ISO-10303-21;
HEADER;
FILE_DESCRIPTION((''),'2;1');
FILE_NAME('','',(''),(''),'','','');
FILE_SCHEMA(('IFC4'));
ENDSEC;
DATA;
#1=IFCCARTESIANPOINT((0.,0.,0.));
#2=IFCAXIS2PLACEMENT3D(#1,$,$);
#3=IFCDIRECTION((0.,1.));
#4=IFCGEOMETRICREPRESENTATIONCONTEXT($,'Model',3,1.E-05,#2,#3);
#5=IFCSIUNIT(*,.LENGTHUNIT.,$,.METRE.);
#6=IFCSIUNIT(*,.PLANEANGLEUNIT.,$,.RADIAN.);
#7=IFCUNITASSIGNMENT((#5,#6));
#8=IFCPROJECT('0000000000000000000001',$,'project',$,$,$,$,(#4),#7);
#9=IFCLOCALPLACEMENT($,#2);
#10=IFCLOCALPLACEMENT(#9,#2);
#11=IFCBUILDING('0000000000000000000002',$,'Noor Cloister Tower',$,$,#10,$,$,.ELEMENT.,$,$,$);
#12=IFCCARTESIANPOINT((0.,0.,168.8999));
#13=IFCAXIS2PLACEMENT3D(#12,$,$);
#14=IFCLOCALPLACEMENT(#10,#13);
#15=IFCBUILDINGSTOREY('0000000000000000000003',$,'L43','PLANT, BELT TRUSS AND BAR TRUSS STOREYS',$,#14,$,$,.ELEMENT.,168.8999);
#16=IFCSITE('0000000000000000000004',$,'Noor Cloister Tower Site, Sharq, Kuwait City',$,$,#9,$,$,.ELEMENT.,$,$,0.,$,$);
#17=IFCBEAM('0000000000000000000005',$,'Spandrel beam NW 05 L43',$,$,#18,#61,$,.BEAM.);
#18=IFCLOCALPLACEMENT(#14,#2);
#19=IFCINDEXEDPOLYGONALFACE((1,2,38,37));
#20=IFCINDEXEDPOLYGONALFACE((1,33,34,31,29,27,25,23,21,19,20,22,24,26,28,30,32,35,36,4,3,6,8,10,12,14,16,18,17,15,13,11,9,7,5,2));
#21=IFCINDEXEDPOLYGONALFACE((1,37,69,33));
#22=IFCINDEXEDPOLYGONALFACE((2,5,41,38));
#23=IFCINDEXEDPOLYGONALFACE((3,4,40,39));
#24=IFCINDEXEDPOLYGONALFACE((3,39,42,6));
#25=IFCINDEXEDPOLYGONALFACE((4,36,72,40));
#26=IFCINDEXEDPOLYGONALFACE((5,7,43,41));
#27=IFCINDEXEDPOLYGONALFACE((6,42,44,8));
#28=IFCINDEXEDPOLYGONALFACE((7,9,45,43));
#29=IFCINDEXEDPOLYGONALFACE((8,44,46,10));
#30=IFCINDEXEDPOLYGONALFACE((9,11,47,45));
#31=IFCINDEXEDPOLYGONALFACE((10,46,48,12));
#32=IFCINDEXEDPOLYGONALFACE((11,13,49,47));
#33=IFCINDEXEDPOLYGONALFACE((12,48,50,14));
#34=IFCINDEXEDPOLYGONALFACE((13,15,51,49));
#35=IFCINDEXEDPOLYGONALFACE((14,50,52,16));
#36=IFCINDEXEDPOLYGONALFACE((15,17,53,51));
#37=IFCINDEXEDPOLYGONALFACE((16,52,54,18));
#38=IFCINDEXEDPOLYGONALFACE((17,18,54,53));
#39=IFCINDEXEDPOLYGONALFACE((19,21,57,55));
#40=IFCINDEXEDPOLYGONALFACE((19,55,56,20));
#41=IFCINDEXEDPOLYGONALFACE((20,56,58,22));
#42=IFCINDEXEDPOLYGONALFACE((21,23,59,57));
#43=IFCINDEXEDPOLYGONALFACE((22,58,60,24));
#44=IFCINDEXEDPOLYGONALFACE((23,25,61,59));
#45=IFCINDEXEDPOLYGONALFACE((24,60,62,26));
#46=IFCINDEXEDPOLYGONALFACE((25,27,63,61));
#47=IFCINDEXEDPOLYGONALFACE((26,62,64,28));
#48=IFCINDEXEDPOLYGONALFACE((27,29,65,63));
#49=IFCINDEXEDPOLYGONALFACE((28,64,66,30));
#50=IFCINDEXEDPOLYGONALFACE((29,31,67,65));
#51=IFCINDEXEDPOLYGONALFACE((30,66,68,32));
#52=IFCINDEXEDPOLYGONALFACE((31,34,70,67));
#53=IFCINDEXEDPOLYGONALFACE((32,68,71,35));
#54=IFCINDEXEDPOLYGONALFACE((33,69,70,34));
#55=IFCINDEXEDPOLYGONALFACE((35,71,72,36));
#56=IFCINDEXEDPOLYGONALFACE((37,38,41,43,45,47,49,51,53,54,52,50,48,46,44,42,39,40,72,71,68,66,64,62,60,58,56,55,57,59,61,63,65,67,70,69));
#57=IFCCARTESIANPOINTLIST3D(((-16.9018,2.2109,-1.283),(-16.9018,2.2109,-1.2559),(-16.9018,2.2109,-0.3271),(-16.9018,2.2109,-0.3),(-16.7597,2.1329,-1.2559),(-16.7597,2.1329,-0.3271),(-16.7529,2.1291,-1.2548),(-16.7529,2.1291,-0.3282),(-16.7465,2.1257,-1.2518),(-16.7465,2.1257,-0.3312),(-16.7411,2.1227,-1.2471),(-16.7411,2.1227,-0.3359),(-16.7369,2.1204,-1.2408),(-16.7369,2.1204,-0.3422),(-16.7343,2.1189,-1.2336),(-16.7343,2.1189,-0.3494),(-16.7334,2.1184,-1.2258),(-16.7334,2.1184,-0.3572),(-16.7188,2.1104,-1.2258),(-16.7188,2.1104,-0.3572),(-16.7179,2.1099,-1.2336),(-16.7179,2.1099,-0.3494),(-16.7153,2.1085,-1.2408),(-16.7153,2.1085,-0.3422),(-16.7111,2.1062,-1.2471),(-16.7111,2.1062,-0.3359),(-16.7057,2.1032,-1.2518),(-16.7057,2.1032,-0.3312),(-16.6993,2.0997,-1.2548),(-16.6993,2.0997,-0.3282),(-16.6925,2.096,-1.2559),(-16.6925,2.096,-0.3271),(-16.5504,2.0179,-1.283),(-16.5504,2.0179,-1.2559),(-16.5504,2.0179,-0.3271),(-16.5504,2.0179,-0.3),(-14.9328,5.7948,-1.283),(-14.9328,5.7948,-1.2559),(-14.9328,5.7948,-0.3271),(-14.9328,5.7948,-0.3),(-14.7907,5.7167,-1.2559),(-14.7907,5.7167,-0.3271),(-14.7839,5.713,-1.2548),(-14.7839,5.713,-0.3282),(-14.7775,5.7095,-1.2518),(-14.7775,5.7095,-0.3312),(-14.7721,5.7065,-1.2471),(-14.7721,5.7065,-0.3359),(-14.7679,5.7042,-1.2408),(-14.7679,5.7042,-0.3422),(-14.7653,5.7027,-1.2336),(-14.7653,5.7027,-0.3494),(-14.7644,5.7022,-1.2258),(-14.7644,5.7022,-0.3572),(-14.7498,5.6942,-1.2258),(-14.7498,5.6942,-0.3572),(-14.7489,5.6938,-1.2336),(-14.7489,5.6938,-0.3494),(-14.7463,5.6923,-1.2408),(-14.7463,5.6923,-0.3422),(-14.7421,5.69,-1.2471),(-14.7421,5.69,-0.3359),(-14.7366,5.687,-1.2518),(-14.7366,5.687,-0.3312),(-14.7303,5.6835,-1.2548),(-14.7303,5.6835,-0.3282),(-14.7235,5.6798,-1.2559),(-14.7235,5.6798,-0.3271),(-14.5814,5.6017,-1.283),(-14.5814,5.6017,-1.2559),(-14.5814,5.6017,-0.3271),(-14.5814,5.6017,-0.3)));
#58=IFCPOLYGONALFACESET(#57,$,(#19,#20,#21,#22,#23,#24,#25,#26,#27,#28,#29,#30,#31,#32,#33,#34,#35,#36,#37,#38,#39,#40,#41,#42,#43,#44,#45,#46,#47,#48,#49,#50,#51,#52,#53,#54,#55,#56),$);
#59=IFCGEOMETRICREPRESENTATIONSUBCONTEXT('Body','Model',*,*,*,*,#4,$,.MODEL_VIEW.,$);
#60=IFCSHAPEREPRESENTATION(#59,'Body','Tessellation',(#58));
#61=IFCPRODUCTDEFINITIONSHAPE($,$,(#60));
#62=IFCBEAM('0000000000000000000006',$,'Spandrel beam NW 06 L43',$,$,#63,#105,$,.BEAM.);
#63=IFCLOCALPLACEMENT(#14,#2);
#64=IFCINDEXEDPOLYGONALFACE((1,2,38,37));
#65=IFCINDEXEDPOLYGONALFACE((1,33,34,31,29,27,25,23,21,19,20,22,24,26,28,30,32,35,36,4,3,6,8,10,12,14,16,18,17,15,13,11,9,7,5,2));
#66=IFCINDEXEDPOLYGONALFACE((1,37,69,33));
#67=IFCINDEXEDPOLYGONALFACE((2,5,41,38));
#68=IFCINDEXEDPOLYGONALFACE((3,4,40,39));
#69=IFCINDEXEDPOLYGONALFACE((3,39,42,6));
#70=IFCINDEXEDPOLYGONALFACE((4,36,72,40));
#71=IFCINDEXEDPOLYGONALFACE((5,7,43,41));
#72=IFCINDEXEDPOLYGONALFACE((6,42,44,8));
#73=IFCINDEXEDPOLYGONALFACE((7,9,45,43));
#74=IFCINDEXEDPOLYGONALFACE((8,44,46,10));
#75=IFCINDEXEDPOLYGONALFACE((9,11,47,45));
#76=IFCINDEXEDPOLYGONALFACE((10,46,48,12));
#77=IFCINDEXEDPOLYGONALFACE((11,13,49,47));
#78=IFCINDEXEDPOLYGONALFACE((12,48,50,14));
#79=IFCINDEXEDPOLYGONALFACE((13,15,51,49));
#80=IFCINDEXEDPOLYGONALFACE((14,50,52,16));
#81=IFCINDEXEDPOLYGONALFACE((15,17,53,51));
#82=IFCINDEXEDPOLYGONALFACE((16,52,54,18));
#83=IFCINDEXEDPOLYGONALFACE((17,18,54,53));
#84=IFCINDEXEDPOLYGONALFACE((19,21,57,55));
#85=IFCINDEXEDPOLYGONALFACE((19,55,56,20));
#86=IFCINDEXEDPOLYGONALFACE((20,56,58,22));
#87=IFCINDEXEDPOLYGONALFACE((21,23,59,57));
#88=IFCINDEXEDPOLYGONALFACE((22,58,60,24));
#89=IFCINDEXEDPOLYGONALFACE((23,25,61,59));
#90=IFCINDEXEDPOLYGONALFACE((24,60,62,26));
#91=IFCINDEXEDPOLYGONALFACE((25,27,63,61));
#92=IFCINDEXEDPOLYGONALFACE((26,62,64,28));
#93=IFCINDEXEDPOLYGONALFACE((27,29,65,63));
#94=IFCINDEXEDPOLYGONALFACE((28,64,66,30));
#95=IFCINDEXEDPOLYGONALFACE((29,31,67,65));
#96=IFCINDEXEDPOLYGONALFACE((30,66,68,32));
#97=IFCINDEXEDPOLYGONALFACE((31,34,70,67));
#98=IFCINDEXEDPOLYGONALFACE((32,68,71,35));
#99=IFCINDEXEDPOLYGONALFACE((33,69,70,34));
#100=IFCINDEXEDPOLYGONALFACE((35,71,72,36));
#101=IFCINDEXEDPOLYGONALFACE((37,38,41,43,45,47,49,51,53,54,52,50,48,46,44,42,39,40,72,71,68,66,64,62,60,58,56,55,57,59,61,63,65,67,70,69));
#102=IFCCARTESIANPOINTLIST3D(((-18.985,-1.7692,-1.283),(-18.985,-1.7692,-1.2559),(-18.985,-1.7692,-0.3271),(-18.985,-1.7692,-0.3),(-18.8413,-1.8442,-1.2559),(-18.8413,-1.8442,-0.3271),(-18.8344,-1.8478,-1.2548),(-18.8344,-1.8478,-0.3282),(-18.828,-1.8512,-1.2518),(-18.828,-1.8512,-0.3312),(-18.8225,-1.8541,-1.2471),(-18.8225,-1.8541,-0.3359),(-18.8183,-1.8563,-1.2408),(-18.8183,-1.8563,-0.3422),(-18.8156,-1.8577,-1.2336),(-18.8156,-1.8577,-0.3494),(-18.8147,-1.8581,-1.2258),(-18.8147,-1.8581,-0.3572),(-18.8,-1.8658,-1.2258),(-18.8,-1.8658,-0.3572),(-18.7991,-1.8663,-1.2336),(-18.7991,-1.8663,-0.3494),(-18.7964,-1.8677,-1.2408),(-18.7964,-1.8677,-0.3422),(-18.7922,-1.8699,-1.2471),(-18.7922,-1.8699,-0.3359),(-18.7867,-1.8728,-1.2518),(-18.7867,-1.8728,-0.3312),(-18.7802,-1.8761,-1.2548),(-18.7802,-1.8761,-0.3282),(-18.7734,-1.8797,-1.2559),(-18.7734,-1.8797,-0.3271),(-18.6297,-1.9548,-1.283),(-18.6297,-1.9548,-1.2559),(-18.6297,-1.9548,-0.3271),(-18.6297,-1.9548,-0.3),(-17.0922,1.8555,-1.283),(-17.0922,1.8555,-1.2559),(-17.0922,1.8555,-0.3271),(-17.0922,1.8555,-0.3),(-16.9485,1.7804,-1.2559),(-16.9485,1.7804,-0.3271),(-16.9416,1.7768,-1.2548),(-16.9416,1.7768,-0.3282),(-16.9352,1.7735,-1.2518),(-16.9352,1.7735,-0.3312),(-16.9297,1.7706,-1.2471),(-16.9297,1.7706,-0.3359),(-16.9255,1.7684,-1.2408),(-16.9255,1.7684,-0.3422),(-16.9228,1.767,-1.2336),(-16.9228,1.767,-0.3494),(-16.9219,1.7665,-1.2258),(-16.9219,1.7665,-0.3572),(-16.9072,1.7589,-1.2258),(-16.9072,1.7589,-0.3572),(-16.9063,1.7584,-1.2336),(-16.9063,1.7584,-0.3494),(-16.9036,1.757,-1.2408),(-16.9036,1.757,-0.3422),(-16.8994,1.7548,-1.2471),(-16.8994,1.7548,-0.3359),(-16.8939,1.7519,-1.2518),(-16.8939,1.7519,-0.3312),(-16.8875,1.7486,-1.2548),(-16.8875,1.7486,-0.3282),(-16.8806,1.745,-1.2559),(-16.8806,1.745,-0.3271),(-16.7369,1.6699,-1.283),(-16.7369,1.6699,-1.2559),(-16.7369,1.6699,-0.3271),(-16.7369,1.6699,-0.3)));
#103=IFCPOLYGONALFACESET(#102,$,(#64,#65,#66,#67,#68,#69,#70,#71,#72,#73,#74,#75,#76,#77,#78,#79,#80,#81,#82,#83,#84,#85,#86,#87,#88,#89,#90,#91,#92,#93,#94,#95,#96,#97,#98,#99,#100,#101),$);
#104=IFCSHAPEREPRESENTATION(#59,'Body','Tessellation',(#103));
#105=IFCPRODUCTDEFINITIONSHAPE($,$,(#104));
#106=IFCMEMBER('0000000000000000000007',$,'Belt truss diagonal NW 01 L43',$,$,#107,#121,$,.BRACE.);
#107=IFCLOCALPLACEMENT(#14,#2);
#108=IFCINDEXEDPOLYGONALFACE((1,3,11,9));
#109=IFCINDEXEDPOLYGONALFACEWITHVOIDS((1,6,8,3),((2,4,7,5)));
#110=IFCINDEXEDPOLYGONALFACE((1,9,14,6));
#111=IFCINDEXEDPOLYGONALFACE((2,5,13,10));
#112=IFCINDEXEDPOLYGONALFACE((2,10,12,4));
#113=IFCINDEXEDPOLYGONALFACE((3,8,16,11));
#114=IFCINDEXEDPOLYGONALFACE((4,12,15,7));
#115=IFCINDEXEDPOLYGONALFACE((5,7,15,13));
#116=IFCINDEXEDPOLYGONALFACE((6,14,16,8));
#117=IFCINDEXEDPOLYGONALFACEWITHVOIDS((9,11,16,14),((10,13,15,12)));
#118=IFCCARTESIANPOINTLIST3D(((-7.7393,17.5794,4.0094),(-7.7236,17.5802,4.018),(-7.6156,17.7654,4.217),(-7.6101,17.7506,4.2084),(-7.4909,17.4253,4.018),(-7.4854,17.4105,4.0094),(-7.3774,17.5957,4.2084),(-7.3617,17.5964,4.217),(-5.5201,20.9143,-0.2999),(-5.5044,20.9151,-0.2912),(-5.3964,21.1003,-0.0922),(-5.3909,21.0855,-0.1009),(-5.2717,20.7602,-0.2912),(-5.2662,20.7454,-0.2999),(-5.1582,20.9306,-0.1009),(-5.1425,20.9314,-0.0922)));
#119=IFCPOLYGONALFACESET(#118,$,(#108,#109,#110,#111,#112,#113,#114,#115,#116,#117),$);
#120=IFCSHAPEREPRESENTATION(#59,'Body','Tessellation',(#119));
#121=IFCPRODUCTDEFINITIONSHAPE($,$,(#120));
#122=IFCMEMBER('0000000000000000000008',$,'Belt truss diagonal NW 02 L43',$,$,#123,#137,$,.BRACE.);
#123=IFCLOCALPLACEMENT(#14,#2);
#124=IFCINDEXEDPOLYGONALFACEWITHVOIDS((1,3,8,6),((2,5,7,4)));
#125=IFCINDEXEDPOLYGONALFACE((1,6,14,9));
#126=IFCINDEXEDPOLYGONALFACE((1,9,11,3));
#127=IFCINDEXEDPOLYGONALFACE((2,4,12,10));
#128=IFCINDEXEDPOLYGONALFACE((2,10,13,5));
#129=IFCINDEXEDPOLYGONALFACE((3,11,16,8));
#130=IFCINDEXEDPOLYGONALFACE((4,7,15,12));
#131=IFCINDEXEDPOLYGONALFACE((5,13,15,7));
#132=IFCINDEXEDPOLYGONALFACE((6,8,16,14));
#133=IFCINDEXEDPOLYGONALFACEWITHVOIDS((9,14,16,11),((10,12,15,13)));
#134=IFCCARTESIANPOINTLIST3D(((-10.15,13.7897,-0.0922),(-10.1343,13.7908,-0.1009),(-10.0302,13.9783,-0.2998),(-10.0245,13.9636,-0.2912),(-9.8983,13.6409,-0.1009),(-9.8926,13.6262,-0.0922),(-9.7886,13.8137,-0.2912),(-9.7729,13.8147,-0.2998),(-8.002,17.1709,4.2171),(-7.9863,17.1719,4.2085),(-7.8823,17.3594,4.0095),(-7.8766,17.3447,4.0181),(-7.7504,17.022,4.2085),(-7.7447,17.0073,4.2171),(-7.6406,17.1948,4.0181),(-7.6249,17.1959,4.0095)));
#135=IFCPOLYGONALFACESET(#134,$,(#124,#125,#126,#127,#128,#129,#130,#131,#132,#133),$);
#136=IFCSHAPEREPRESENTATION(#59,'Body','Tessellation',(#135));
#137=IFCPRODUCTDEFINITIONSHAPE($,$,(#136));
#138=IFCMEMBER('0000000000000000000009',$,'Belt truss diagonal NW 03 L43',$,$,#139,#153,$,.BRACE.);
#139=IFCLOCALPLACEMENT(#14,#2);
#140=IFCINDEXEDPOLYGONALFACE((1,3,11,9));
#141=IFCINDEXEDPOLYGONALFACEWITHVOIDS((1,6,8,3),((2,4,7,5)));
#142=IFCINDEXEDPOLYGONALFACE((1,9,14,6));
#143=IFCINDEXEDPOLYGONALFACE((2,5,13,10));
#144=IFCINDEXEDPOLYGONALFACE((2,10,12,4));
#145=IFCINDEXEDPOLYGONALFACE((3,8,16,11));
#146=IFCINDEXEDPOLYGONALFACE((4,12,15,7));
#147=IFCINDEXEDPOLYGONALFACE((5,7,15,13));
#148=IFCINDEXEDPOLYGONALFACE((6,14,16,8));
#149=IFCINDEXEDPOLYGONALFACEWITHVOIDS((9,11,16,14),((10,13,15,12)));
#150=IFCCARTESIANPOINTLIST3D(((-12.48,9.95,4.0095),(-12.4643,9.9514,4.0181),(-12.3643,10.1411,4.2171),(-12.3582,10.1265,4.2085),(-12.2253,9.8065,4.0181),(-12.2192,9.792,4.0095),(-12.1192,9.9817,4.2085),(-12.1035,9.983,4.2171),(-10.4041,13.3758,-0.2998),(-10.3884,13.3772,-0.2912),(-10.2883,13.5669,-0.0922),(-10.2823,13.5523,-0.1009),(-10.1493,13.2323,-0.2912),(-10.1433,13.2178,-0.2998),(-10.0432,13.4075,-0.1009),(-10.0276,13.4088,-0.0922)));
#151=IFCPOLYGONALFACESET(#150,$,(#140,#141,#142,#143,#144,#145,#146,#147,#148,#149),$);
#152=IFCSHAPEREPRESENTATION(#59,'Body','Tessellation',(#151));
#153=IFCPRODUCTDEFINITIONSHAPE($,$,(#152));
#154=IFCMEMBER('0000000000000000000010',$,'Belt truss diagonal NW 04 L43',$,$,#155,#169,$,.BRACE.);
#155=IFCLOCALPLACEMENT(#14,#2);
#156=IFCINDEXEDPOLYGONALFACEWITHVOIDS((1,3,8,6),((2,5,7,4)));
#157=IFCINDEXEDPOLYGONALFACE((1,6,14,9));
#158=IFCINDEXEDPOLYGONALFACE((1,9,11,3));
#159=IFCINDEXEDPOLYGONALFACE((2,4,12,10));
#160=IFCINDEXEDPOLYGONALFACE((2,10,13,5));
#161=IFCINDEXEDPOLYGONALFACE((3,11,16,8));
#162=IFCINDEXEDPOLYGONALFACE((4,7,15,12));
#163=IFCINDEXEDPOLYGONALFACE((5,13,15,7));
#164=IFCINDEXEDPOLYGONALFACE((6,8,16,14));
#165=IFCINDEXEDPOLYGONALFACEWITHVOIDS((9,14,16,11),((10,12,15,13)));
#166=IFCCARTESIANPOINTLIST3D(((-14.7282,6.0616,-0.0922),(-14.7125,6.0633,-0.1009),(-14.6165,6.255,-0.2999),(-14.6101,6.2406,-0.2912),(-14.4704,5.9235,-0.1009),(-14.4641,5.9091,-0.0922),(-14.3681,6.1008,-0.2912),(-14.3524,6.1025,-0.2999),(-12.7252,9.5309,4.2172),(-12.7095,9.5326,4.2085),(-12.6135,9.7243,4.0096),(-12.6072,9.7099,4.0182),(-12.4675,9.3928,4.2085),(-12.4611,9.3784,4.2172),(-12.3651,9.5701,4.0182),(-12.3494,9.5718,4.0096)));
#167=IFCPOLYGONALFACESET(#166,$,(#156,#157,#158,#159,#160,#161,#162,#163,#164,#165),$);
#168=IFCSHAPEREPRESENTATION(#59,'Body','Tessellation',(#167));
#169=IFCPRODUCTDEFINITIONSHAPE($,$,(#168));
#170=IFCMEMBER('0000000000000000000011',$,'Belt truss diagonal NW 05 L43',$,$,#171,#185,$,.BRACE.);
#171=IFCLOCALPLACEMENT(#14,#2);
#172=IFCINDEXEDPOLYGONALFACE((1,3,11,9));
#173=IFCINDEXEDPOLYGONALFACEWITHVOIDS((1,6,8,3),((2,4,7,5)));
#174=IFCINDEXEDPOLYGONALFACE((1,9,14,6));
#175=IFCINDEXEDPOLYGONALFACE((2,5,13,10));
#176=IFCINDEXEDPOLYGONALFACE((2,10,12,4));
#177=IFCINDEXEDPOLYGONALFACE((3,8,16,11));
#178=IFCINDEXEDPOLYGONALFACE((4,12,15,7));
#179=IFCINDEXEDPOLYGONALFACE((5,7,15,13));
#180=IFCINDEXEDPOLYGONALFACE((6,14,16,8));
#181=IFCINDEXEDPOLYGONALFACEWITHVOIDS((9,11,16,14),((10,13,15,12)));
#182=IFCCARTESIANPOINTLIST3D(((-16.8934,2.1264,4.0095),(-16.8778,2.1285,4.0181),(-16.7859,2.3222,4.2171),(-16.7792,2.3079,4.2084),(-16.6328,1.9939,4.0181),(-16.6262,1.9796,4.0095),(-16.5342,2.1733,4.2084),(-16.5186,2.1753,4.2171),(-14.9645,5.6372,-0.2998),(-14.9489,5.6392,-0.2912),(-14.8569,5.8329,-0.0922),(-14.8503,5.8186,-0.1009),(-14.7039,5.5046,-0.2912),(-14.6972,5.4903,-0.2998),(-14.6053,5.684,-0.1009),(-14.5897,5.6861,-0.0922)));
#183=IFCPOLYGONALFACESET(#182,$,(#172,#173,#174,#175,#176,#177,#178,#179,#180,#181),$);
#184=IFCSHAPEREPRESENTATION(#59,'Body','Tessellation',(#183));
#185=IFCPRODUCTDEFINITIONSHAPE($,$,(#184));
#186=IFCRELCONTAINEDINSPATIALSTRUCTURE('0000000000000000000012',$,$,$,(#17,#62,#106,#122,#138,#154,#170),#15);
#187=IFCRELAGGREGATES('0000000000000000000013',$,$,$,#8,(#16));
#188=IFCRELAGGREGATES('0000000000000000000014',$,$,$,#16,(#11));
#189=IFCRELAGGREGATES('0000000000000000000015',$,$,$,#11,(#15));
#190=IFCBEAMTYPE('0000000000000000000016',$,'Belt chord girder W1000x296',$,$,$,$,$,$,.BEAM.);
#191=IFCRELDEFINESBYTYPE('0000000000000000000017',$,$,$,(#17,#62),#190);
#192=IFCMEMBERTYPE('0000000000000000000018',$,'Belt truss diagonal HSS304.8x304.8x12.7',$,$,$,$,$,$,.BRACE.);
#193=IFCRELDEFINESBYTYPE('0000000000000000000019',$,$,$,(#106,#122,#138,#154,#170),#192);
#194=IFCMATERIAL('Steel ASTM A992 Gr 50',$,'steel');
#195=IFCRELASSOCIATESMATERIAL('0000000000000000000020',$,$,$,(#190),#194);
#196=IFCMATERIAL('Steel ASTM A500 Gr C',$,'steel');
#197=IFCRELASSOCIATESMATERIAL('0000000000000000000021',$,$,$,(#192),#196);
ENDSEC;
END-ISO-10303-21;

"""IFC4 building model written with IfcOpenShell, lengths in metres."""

from ifc_helpers import new_model, si_unit, direction, frame, origin, origin_2d, place, context, subcontext, project, spatial, hollow_rectangle, i_section, extrude, material, material_profile, profile_set, type_object, element, save


model = new_model("IFC4")

# Units and contexts
model_context = context("Model", 3, precision=1e-05, world=origin(), true_north=direction((0.0, 1.0)))
body_context = subcontext(model_context, "Body", "Model", "MODEL_VIEW")
ifc_project = project(units=[si_unit("LENGTHUNIT", "METRE"), si_unit("PLANEANGLEUNIT", "RADIAN")], contexts=[model_context])

# Site, building, storey
site_placement = place(None, origin())
site = spatial("IfcSite", under=ifc_project, at=site_placement, Name="Noor Cloister Tower Site, Sharq, Kuwait City", CompositionType="ELEMENT", RefElevation=0.0)
building_placement = place(site_placement, origin())
building = spatial("IfcBuilding", under=site, at=building_placement, Name="Noor Cloister Tower", CompositionType="ELEMENT")
storey_placement = place(building_placement, frame((0.0, 0.0, 168.8999)))
storey = spatial("IfcBuildingStorey", under=building, at=storey_placement, Name="L43", Description="PLANT, BELT TRUSS AND BAR TRUSS STOREYS", CompositionType="ELEMENT", Elevation=168.8999)

# Beams
ifc_material_1 = material(Name="Steel ASTM A992 Gr 50", Category="steel")
ifc_material_profile_1 = material_profile(ifc_material_1, i_section(OverallWidth=0.4009, OverallDepth=0.9829, WebThickness=0.0166, FlangeThickness=0.0271, FilletRadius=0.03, at=origin_2d()), Name="W1000x296")
ifc_profile_set_1 = profile_set([ifc_material_profile_1], Name="Steel ASTM A992 Gr 50")
beam_type_1 = type_object("IfcBeamType", Name="Belt chord girder W1000x296", PredefinedType="BEAM", material=ifc_profile_set_1)
for number, where, z_axis, x_axis, name in (
    (1, (-14.7571, 5.6982, -0.7915), (-0.481531, -0.876429, 0.0), (0.876429, -0.481531, 0.0), "Spandrel beam NW 05 L43"),
    (2, (-16.9146, 1.7627, -0.7915), (-0.462882, -0.88642, 0.0), (0.88642, -0.462882, 0.0), "Spandrel beam NW 06 L43"),
):
    element("IfcBeam", number, at=place(storey_placement, frame(where, z_axis=z_axis, x_axis=x_axis)), inside=storey, type_object=beam_type_1, Name=name, PredefinedType="BEAM", context=body_context, shape_type="SweptSolid", body=[
        extrude(i_section(OverallWidth=0.4009, OverallDepth=0.9829, WebThickness=0.0166, FlangeThickness=0.0271, FilletRadius=0.03, at=origin_2d()), origin(), (0.0, 0.0, 1.0), 4.0891),
    ])

# Members
ifc_material_2 = material(Name="Steel ASTM A500 Gr C", Category="steel")
ifc_material_profile_2 = material_profile(ifc_material_2, hollow_rectangle(XDim=0.3049, YDim=0.3049, WallThickness=0.0127, at=origin_2d()), Name="HSS304.8x304.8x12.7")
ifc_profile_set_2 = profile_set([ifc_material_profile_2], Name="Steel ASTM A500 Gr C")
member_type = type_object("IfcMemberType", Name="Belt truss diagonal HSS304.8x304.8x12.7", PredefinedType="BRACE", material=ifc_profile_set_2)
for number, where, z_axis, x_axis, name in (
    (3, (-5.3313, 20.9229, -0.196), (-0.377188, -0.566819, 0.732425), (0.832519, -0.553997, 0.0), "Belt truss diagonal NW 01 L43"),
    (4, (-9.9614, 13.8022, -0.196), (0.365079, 0.574673, 0.73244), (-0.844075, 0.536225, 0.0), "Belt truss diagonal NW 02 L43"),
    (5, (-10.2158, 13.3923, -0.196), (-0.352838, -0.582268, 0.732441), (0.855231, -0.518246, 0.0), "Belt truss diagonal NW 03 L43"),
):
    element("IfcMember", number, at=place(storey_placement, frame(where, z_axis=z_axis, x_axis=x_axis)), inside=storey, type_object=member_type, Name=name, PredefinedType="BRACE", context=body_context, shape_type="SweptSolid", body=[
        extrude(hollow_rectangle(XDim=0.3049, YDim=0.3049, WallThickness=0.0127, at=origin_2d()), origin(), (0.0, 0.0, 1.0), 5.8835),
    ])
member_1_placement = place(storey_placement, frame((-14.5403, 6.082, -0.196), z_axis=(0.340422, 0.589638, 0.732421), x_axis=(-0.866029, 0.499993, 0.0)))
element("IfcMember", 6, at=member_1_placement, inside=storey, type_object=member_type, Name="Belt truss diagonal NW 04 L43", PredefinedType="BRACE", context=body_context, shape_type="SweptSolid", body=[
    extrude(hollow_rectangle(XDim=0.3049, YDim=0.3049, WallThickness=0.0127, at=origin_2d()), origin(), (0.0, 0.0, 1.0), 5.8838),
])
member_2_placement = place(storey_placement, frame((-14.7771, 5.6616, -0.196), z_axis=(-0.327854, -0.596702, 0.732433), x_axis=(0.876422, -0.481544, 0.0)))
element("IfcMember", 7, at=member_2_placement, inside=storey, type_object=member_type, Name="Belt truss diagonal NW 05 L43", PredefinedType="BRACE", context=body_context, shape_type="SweptSolid", body=[
    extrude(hollow_rectangle(XDim=0.3049, YDim=0.3049, WallThickness=0.0127, at=origin_2d()), origin(), (0.0, 0.0, 1.0), 5.8835),
])

save(model, "model.ifc")
